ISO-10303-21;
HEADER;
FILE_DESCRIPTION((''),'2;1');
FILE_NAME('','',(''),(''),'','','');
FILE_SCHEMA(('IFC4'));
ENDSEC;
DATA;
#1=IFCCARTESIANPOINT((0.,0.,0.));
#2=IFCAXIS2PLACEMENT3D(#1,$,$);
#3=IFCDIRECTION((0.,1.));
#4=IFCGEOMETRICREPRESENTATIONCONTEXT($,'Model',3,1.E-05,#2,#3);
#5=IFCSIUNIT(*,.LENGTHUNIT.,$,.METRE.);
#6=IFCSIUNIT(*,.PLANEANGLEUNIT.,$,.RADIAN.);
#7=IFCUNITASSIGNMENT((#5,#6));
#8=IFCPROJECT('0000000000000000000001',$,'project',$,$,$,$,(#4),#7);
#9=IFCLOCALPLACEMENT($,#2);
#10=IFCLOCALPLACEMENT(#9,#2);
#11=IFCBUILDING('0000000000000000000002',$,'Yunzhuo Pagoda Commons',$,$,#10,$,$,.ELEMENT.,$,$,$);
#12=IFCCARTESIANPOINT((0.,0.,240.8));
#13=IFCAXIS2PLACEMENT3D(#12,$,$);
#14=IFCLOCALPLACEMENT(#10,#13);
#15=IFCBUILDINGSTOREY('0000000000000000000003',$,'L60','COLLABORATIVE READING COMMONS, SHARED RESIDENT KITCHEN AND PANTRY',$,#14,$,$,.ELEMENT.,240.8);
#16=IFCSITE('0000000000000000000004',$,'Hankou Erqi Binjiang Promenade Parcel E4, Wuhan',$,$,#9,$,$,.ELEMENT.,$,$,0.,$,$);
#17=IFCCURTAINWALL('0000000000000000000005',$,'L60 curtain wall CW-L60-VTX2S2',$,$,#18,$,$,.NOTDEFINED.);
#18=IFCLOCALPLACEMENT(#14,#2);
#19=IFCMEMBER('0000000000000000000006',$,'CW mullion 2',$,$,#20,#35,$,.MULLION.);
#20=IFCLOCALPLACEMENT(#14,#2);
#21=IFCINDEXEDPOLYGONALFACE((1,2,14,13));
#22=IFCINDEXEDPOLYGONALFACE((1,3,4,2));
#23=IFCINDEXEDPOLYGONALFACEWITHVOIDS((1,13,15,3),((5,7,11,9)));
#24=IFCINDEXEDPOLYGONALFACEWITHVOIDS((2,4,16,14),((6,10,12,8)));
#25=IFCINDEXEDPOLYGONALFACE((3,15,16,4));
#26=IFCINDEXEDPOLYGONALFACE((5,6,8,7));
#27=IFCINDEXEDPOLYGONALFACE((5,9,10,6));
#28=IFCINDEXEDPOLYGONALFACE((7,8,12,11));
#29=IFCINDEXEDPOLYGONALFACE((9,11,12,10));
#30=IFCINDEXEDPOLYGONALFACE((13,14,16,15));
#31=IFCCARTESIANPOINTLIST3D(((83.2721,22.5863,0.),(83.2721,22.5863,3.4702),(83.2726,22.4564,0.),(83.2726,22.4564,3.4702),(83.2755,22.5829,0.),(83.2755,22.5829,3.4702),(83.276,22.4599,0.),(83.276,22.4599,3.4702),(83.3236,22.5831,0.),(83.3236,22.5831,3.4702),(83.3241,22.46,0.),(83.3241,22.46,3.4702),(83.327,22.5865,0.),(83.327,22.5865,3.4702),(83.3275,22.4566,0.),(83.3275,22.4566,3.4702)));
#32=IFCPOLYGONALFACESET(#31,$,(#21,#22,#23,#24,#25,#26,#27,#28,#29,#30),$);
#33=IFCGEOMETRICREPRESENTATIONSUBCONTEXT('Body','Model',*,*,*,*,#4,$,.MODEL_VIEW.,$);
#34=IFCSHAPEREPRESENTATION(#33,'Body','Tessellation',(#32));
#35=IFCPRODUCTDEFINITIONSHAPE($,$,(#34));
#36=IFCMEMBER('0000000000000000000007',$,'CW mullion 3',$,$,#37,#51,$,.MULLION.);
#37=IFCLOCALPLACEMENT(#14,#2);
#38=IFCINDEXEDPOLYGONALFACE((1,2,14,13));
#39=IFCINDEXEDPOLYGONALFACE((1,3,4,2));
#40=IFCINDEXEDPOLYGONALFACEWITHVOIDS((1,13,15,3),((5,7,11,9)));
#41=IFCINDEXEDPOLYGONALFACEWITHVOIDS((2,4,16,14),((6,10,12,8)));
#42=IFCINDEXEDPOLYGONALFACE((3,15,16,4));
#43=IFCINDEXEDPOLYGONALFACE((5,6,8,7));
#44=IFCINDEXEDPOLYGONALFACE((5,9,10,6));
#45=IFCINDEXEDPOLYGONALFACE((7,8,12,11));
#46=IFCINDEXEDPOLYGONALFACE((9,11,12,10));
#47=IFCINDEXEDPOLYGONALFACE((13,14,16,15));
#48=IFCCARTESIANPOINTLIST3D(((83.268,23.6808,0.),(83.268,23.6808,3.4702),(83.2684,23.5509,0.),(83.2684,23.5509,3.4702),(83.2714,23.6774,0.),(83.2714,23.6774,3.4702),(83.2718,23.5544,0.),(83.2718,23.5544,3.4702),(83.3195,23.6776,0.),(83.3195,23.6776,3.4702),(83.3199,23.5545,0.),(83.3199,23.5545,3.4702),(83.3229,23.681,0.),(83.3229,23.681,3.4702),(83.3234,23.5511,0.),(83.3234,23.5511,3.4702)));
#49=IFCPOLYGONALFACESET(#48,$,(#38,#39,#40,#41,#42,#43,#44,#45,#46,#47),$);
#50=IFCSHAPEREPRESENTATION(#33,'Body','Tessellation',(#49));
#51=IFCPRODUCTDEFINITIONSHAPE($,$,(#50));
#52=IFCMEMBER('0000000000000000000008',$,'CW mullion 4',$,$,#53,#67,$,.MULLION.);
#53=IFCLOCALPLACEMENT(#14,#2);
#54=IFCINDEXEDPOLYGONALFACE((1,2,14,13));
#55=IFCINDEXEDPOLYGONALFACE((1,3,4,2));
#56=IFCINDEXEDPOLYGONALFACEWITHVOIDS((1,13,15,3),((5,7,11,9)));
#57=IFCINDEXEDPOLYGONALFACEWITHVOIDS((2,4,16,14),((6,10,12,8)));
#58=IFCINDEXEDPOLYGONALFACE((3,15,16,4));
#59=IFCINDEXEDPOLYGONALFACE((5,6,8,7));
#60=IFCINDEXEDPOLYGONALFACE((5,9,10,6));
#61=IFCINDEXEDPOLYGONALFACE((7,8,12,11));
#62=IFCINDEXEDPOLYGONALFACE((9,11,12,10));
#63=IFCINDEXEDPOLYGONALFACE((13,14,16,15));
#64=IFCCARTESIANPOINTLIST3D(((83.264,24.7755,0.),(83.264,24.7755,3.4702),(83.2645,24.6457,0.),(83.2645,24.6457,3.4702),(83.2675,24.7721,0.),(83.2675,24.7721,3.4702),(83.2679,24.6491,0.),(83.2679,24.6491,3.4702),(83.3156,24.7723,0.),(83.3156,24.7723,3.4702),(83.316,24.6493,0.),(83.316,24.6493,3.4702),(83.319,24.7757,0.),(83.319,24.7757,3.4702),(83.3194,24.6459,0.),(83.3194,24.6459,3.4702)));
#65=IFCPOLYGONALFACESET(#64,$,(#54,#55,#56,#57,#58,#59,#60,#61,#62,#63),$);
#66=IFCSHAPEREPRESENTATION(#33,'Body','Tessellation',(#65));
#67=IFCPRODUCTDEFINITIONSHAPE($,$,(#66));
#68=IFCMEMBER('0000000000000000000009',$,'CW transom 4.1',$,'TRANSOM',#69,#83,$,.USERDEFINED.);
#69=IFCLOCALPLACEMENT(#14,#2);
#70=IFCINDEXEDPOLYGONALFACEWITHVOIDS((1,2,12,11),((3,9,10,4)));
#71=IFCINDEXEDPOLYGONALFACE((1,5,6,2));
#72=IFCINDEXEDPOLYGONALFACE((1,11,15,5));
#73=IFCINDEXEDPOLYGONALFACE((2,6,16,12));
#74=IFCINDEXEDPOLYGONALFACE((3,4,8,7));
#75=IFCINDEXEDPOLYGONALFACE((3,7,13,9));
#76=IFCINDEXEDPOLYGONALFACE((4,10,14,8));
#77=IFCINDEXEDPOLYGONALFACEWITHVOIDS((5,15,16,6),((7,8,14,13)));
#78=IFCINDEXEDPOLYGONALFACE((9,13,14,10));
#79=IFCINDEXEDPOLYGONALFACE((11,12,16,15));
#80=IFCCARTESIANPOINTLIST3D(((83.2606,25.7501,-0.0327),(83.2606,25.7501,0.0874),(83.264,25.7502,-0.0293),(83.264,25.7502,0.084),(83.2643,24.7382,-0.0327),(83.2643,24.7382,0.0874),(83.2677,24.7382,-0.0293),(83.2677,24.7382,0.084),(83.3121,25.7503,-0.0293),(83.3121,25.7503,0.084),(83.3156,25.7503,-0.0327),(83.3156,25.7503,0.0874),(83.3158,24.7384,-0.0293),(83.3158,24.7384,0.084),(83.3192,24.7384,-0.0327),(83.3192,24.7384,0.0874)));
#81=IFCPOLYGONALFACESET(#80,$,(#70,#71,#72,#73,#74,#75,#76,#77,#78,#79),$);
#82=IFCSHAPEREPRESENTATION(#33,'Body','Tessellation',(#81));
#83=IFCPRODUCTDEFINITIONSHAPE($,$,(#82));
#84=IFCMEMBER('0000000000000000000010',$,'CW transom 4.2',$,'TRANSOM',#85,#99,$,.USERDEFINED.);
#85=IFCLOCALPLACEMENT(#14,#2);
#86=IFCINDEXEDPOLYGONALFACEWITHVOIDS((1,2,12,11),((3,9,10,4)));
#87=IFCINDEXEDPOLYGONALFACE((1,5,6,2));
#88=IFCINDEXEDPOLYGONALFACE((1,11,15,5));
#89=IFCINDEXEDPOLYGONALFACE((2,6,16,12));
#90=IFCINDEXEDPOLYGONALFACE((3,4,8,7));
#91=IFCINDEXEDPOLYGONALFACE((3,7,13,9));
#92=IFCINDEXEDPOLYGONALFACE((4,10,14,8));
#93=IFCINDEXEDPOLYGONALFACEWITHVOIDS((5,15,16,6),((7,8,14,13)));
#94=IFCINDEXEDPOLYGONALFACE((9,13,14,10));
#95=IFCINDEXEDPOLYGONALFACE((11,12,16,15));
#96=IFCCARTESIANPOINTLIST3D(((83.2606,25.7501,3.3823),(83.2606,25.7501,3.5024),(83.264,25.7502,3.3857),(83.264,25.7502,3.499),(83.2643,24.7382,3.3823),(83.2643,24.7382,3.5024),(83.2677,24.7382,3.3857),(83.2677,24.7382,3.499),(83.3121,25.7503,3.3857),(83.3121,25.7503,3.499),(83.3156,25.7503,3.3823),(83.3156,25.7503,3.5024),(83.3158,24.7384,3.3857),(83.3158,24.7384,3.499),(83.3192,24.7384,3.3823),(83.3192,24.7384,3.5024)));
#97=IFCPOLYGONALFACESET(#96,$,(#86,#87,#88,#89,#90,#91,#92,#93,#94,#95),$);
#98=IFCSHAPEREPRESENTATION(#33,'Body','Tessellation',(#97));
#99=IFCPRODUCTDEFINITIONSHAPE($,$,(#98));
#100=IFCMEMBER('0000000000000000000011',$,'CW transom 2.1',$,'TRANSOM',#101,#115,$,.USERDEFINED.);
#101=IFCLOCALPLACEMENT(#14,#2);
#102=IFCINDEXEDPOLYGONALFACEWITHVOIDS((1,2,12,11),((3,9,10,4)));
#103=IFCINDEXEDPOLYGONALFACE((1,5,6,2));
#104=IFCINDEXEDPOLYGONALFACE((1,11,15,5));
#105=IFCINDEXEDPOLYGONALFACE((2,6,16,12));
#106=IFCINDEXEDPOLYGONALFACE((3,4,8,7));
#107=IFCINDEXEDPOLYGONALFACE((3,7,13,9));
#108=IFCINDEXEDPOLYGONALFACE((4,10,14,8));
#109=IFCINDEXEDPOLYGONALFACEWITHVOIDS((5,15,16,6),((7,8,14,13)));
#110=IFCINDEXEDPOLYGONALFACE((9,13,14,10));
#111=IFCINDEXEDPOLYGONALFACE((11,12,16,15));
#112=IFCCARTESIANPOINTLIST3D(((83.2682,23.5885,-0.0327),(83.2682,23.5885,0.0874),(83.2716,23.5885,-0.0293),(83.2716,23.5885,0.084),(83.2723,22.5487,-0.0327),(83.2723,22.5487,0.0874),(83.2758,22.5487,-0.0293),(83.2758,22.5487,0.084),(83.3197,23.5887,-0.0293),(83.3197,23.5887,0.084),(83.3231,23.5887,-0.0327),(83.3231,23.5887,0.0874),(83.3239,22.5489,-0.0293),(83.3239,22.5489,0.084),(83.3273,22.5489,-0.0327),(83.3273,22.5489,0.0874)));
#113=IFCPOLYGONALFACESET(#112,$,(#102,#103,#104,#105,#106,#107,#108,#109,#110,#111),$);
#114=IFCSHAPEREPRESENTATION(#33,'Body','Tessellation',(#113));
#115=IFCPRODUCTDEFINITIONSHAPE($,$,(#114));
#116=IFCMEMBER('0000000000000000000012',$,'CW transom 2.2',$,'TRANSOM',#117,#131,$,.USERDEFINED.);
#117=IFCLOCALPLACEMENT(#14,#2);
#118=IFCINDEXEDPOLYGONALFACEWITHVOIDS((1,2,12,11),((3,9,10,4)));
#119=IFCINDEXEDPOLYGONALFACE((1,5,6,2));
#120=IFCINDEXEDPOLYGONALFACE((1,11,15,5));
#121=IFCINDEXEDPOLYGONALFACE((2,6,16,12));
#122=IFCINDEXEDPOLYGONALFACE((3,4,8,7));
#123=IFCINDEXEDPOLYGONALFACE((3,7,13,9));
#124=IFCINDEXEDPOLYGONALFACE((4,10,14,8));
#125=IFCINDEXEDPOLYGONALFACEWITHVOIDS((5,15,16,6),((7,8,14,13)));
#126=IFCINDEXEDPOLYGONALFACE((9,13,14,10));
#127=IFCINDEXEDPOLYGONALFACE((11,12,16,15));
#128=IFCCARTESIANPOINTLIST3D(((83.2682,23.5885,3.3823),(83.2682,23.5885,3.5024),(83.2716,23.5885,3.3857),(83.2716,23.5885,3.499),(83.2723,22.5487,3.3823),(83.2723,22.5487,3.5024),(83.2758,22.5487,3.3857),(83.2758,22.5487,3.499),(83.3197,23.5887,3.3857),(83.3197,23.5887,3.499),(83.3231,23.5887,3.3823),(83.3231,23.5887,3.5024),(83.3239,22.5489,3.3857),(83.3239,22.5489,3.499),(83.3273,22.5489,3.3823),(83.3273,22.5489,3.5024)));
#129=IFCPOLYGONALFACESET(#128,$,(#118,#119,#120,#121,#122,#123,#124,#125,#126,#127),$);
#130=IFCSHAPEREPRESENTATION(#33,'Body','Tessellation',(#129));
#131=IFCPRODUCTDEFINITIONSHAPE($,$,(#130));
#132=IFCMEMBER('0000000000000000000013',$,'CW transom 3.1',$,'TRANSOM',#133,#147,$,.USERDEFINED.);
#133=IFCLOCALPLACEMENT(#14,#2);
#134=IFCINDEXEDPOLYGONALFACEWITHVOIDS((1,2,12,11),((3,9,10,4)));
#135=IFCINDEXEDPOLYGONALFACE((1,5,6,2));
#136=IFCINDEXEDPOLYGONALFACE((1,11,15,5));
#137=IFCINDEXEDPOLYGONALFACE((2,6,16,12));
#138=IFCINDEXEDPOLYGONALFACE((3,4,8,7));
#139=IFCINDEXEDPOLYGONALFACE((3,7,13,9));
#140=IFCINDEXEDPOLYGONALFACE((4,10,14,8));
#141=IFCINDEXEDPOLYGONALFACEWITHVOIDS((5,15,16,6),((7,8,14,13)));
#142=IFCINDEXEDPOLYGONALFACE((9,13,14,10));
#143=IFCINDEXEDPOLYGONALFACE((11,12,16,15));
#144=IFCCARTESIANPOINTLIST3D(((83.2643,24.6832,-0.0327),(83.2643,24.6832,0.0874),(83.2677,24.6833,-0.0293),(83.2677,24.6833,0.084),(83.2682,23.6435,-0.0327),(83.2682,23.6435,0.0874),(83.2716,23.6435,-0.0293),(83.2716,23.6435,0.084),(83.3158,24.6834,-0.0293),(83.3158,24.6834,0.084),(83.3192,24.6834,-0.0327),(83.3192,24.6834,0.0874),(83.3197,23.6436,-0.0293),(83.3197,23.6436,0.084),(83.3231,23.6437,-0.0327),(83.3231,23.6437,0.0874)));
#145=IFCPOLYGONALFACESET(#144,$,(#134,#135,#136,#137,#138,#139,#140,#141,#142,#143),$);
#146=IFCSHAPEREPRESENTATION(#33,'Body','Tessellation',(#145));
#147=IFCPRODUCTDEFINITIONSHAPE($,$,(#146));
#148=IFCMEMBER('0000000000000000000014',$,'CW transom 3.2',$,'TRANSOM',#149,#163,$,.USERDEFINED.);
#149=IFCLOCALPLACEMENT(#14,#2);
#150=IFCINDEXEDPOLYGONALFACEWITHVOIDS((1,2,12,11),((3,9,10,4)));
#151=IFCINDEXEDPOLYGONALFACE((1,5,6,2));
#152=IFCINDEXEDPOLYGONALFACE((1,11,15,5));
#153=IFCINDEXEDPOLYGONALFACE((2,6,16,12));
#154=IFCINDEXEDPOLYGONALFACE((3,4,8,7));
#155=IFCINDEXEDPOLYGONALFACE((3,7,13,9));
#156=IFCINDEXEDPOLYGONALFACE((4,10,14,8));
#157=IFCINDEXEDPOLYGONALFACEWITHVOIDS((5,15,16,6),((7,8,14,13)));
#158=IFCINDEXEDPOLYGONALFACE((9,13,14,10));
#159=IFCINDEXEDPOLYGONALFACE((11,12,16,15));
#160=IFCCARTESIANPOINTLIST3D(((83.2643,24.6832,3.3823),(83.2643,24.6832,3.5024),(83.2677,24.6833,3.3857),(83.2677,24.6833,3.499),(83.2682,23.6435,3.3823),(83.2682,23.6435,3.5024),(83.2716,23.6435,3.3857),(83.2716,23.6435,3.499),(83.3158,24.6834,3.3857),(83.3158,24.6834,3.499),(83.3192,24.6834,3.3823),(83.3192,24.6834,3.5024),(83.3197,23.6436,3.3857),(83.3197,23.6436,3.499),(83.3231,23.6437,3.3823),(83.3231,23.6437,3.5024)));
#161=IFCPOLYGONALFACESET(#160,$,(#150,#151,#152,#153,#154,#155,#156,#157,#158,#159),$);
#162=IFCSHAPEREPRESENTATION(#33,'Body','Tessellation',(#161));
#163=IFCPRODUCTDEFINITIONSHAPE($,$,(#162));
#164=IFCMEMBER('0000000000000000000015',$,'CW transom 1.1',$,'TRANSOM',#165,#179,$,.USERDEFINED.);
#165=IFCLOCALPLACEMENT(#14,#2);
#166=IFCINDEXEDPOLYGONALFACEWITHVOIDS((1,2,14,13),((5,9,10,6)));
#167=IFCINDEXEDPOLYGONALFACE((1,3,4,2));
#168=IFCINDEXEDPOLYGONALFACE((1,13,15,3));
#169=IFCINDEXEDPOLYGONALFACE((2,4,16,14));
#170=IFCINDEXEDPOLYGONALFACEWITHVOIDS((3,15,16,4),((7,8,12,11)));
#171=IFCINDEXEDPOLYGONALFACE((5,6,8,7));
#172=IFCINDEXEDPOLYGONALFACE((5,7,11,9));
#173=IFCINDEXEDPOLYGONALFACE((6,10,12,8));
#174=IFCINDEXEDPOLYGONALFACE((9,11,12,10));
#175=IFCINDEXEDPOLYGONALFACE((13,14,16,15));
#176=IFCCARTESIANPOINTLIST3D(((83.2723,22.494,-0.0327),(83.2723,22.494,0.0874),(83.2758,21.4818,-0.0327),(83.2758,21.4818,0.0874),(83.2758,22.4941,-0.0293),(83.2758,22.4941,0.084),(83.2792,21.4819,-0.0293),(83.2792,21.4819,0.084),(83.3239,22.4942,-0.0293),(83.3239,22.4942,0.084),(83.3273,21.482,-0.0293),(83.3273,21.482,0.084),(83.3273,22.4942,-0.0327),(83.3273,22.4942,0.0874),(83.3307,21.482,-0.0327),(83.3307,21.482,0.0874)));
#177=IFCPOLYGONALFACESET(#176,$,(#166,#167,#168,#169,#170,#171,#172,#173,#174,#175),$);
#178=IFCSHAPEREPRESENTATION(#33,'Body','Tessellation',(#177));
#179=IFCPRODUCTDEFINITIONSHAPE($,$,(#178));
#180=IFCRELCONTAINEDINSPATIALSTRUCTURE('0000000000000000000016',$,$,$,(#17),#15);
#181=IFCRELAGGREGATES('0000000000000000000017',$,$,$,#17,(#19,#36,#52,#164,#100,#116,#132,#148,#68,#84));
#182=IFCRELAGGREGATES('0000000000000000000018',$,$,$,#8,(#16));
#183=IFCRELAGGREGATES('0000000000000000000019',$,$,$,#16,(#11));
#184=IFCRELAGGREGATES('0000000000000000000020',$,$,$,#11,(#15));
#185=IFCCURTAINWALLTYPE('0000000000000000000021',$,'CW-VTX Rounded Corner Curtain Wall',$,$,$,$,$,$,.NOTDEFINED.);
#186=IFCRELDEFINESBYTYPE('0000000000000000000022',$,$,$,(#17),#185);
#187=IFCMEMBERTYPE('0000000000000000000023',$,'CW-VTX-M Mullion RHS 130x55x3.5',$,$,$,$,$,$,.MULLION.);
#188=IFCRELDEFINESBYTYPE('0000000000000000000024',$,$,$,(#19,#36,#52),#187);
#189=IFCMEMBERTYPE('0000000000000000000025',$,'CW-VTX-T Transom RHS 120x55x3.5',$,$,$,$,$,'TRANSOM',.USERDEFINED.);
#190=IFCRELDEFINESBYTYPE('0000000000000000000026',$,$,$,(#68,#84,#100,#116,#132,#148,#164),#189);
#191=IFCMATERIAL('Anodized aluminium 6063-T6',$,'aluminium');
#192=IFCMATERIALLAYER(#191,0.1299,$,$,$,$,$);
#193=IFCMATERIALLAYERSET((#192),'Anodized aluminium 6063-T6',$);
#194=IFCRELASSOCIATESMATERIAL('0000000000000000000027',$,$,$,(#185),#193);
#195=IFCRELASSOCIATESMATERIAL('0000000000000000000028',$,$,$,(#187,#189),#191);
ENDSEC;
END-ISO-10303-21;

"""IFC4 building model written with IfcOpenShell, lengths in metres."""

from ifc_helpers import new_model, si_unit, direction, frame, origin, origin_2d, place, context, subcontext, project, spatial, hollow_rectangle, extrude, source, transform, mapped, material, layer, layer_set, material_profile, profile_set, type_object, element, aggregate, save


model = new_model("IFC4")

# Units and contexts
model_context = context("Model", 3, precision=1e-05, world=origin(), true_north=direction((0.0, 1.0)))
body_context = subcontext(model_context, "Body", "Model", "MODEL_VIEW")
ifc_project = project(units=[si_unit("LENGTHUNIT", "METRE"), si_unit("PLANEANGLEUNIT", "RADIAN")], contexts=[model_context])

# Site, building, storey
site_placement = place(None, origin())
site = spatial("IfcSite", under=ifc_project, at=site_placement, Name="Hankou Erqi Binjiang Promenade Parcel E4, Wuhan", CompositionType="ELEMENT", RefElevation=0.0)
building_placement = place(site_placement, origin())
building = spatial("IfcBuilding", under=site, at=building_placement, Name="Yunzhuo Pagoda Commons", CompositionType="ELEMENT")
storey_placement = place(building_placement, frame((0.0, 0.0, 240.8)))
storey = spatial("IfcBuildingStorey", under=building, at=storey_placement, Name="L60", Description="COLLABORATIVE READING COMMONS, SHARED RESIDENT KITCHEN AND PANTRY", CompositionType="ELEMENT", Elevation=240.8)

# Shared definitions
ifc_material_1 = material(Name="Anodized aluminium 6063-T6", Category="aluminium")

# Curtain wall, members
ifc_layer_1 = layer(ifc_material_1, 0.1299)
ifc_layer_set_1 = layer_set([ifc_layer_1], Name="Anodized aluminium 6063-T6")
curtain_wall_type_1 = type_object("IfcCurtainWallType", Name="CW-VTX Rounded Corner Curtain Wall", PredefinedType="NOTDEFINED", material=ifc_layer_set_1)
curtain_wall_1_placement = place(storey_placement, origin())
curtain_wall_1 = element("IfcCurtainWall", 1, at=curtain_wall_1_placement, inside=storey, type_object=curtain_wall_type_1, Name="L60 curtain wall CW-L60-VTX2S2", PredefinedType="NOTDEFINED")
ifc_material_profile_1 = material_profile(ifc_material_1, hollow_rectangle(XDim=0.0549, YDim=0.1299, WallThickness=0.0034, at=origin_2d()), Name="Anodized aluminium 6063-T6")
ifc_profile_set_1 = profile_set([ifc_material_profile_1], Name="Anodized aluminium 6063-T6")
member_type_1 = type_object("IfcMemberType", Name="CW-VTX-M Mullion RHS 130x55x3.5", PredefinedType="MULLION", material=ifc_profile_set_1)
shared_shape_1 = source(origin(), body_context, "Body", "SweptSolid", [
    extrude(hollow_rectangle(XDim=0.0549, YDim=0.1299, WallThickness=0.0034, at=origin_2d()), origin(), (0.0, 0.0, 1.0), 3.4702),
])
member_1_placement = place(storey_placement, frame((83.2998, 22.5215, 0.0), z_axis=(0.0, 0.0, 1.0), x_axis=(-0.999994, -0.003586, 0.0)))
member_1 = element("IfcMember", 2, at=member_1_placement, type_object=member_type_1, Name="CW mullion 2", PredefinedType="MULLION", context=body_context, shape_type="MappedRepresentation", body=[
    mapped(shared_shape_1, transform((0.0, 0.0, 0.0), scale=1.0)),
])
member_2_placement = place(storey_placement, frame((83.2957, 23.616, 0.0), z_axis=(0.0, 0.0, 1.0), x_axis=(-0.999994, -0.003586, 0.0)))
member_2 = element("IfcMember", 3, at=member_2_placement, type_object=member_type_1, Name="CW mullion 3", PredefinedType="MULLION", context=body_context, shape_type="MappedRepresentation", body=[
    mapped(shared_shape_1, transform((0.0, 0.0, 0.0), scale=1.0)),
])
member_3_placement = place(storey_placement, frame((83.2917, 24.7107, 0.0), z_axis=(0.0, 0.0, 1.0), x_axis=(-0.999994, -0.003586, 0.0)))
member_3 = element("IfcMember", 4, at=member_3_placement, type_object=member_type_1, Name="CW mullion 4", PredefinedType="MULLION", context=body_context, shape_type="MappedRepresentation", body=[
    mapped(shared_shape_1, transform((0.0, 0.0, 0.0), scale=1.0)),
])
ifc_material_profile_2 = material_profile(ifc_material_1, hollow_rectangle(XDim=0.0549, YDim=0.1201, WallThickness=0.0034, at=origin_2d()), Name="Anodized aluminium 6063-T6")
ifc_profile_set_2 = profile_set([ifc_material_profile_2], Name="Anodized aluminium 6063-T6")
member_type_2 = type_object("IfcMemberType", Name="CW-VTX-T Transom RHS 120x55x3.5", ElementType="TRANSOM", PredefinedType="USERDEFINED", material=ifc_profile_set_2)
shared_shape_2 = source(origin(), body_context, "Body", "SweptSolid", [
    extrude(hollow_rectangle(XDim=0.0549, YDim=0.1201, WallThickness=0.0034, at=origin_2d()), origin(), (0.0, 0.0, 1.0), 1.012),
])
member_4_placement = place(storey_placement, frame((83.2917, 24.7383, 0.0273), z_axis=(-0.003619, 0.999993, 0.0), x_axis=(-0.999993, -0.003619, 0.0)))
member_4 = element("IfcMember", 5, at=member_4_placement, type_object=member_type_2, Name="CW transom 4.1", ObjectType="TRANSOM", PredefinedType="USERDEFINED", context=body_context, shape_type="MappedRepresentation", body=[
    mapped(shared_shape_2, transform((0.0, 0.0, 0.0), scale=1.0)),
])
member_5_placement = place(storey_placement, frame((83.2917, 24.7383, 3.4424), z_axis=(-0.003619, 0.999993, 0.0), x_axis=(-0.999993, -0.003619, 0.0)))
member_5 = element("IfcMember", 6, at=member_5_placement, type_object=member_type_2, Name="CW transom 4.2", ObjectType="TRANSOM", PredefinedType="USERDEFINED", context=body_context, shape_type="MappedRepresentation", body=[
    mapped(shared_shape_2, transform((0.0, 0.0, 0.0), scale=1.0)),
])
shared_shape_3 = source(origin(), body_context, "Body", "SweptSolid", [
    extrude(hollow_rectangle(XDim=0.0549, YDim=0.1201, WallThickness=0.0034, at=origin_2d()), origin(), (0.0, 0.0, 1.0), 1.0398),
])
member_6_placement = place(storey_placement, frame((83.2998, 22.5488, 0.0273), z_axis=(-0.003992, 0.999992, 0.0), x_axis=(-0.999992, -0.003992, 0.0)))
member_6 = element("IfcMember", 7, at=member_6_placement, type_object=member_type_2, Name="CW transom 2.1", ObjectType="TRANSOM", PredefinedType="USERDEFINED", context=body_context, shape_type="MappedRepresentation", body=[
    mapped(shared_shape_3, transform((0.0, 0.0, 0.0), scale=1.0)),
])
member_7_placement = place(storey_placement, frame((83.2998, 22.5488, 3.4424), z_axis=(-0.003992, 0.999992, 0.0), x_axis=(-0.999992, -0.003992, 0.0)))
member_7 = element("IfcMember", 8, at=member_7_placement, type_object=member_type_2, Name="CW transom 2.2", ObjectType="TRANSOM", PredefinedType="USERDEFINED", context=body_context, shape_type="MappedRepresentation", body=[
    mapped(shared_shape_3, transform((0.0, 0.0, 0.0), scale=1.0)),
])
member_8_placement = place(storey_placement, frame((83.2957, 23.6436, 0.0273), z_axis=(-0.003757, 0.999993, 0.0), x_axis=(-0.999993, -0.003757, 0.0)))
member_8 = element("IfcMember", 9, at=member_8_placement, type_object=member_type_2, Name="CW transom 3.1", ObjectType="TRANSOM", PredefinedType="USERDEFINED", context=body_context, shape_type="MappedRepresentation", body=[
    mapped(shared_shape_3, transform((0.0, 0.0, 0.0), scale=1.0)),
])
member_9_placement = place(storey_placement, frame((83.2957, 23.6436, 3.4424), z_axis=(-0.003757, 0.999993, 0.0), x_axis=(-0.999993, -0.003757, 0.0)))
member_9 = element("IfcMember", 10, at=member_9_placement, type_object=member_type_2, Name="CW transom 3.2", ObjectType="TRANSOM", PredefinedType="USERDEFINED", context=body_context, shape_type="MappedRepresentation", body=[
    mapped(shared_shape_3, transform((0.0, 0.0, 0.0), scale=1.0)),
])
shared_shape_4 = source(origin(), body_context, "Body", "SweptSolid", [
    extrude(hollow_rectangle(XDim=0.0549, YDim=0.1201, WallThickness=0.0034, at=origin_2d()), origin(), (0.0, 0.0, 1.0), 1.0122),
])
member_10_placement = place(storey_placement, frame((83.3032, 21.4819, 0.0273), z_axis=(-0.003377, 0.999994, 0.0), x_axis=(-0.999994, -0.003377, 0.0)))
member_10 = element("IfcMember", 11, at=member_10_placement, type_object=member_type_2, Name="CW transom 1.1", ObjectType="TRANSOM", PredefinedType="USERDEFINED", context=body_context, shape_type="MappedRepresentation", body=[
    mapped(shared_shape_4, transform((0.0, 0.0, 0.0), scale=1.0)),
])

aggregate(curtain_wall_1, [member_1, member_2, member_3, member_10, member_6, member_7, member_8, member_9, member_4, member_5])

save(model, "model.ifc")
